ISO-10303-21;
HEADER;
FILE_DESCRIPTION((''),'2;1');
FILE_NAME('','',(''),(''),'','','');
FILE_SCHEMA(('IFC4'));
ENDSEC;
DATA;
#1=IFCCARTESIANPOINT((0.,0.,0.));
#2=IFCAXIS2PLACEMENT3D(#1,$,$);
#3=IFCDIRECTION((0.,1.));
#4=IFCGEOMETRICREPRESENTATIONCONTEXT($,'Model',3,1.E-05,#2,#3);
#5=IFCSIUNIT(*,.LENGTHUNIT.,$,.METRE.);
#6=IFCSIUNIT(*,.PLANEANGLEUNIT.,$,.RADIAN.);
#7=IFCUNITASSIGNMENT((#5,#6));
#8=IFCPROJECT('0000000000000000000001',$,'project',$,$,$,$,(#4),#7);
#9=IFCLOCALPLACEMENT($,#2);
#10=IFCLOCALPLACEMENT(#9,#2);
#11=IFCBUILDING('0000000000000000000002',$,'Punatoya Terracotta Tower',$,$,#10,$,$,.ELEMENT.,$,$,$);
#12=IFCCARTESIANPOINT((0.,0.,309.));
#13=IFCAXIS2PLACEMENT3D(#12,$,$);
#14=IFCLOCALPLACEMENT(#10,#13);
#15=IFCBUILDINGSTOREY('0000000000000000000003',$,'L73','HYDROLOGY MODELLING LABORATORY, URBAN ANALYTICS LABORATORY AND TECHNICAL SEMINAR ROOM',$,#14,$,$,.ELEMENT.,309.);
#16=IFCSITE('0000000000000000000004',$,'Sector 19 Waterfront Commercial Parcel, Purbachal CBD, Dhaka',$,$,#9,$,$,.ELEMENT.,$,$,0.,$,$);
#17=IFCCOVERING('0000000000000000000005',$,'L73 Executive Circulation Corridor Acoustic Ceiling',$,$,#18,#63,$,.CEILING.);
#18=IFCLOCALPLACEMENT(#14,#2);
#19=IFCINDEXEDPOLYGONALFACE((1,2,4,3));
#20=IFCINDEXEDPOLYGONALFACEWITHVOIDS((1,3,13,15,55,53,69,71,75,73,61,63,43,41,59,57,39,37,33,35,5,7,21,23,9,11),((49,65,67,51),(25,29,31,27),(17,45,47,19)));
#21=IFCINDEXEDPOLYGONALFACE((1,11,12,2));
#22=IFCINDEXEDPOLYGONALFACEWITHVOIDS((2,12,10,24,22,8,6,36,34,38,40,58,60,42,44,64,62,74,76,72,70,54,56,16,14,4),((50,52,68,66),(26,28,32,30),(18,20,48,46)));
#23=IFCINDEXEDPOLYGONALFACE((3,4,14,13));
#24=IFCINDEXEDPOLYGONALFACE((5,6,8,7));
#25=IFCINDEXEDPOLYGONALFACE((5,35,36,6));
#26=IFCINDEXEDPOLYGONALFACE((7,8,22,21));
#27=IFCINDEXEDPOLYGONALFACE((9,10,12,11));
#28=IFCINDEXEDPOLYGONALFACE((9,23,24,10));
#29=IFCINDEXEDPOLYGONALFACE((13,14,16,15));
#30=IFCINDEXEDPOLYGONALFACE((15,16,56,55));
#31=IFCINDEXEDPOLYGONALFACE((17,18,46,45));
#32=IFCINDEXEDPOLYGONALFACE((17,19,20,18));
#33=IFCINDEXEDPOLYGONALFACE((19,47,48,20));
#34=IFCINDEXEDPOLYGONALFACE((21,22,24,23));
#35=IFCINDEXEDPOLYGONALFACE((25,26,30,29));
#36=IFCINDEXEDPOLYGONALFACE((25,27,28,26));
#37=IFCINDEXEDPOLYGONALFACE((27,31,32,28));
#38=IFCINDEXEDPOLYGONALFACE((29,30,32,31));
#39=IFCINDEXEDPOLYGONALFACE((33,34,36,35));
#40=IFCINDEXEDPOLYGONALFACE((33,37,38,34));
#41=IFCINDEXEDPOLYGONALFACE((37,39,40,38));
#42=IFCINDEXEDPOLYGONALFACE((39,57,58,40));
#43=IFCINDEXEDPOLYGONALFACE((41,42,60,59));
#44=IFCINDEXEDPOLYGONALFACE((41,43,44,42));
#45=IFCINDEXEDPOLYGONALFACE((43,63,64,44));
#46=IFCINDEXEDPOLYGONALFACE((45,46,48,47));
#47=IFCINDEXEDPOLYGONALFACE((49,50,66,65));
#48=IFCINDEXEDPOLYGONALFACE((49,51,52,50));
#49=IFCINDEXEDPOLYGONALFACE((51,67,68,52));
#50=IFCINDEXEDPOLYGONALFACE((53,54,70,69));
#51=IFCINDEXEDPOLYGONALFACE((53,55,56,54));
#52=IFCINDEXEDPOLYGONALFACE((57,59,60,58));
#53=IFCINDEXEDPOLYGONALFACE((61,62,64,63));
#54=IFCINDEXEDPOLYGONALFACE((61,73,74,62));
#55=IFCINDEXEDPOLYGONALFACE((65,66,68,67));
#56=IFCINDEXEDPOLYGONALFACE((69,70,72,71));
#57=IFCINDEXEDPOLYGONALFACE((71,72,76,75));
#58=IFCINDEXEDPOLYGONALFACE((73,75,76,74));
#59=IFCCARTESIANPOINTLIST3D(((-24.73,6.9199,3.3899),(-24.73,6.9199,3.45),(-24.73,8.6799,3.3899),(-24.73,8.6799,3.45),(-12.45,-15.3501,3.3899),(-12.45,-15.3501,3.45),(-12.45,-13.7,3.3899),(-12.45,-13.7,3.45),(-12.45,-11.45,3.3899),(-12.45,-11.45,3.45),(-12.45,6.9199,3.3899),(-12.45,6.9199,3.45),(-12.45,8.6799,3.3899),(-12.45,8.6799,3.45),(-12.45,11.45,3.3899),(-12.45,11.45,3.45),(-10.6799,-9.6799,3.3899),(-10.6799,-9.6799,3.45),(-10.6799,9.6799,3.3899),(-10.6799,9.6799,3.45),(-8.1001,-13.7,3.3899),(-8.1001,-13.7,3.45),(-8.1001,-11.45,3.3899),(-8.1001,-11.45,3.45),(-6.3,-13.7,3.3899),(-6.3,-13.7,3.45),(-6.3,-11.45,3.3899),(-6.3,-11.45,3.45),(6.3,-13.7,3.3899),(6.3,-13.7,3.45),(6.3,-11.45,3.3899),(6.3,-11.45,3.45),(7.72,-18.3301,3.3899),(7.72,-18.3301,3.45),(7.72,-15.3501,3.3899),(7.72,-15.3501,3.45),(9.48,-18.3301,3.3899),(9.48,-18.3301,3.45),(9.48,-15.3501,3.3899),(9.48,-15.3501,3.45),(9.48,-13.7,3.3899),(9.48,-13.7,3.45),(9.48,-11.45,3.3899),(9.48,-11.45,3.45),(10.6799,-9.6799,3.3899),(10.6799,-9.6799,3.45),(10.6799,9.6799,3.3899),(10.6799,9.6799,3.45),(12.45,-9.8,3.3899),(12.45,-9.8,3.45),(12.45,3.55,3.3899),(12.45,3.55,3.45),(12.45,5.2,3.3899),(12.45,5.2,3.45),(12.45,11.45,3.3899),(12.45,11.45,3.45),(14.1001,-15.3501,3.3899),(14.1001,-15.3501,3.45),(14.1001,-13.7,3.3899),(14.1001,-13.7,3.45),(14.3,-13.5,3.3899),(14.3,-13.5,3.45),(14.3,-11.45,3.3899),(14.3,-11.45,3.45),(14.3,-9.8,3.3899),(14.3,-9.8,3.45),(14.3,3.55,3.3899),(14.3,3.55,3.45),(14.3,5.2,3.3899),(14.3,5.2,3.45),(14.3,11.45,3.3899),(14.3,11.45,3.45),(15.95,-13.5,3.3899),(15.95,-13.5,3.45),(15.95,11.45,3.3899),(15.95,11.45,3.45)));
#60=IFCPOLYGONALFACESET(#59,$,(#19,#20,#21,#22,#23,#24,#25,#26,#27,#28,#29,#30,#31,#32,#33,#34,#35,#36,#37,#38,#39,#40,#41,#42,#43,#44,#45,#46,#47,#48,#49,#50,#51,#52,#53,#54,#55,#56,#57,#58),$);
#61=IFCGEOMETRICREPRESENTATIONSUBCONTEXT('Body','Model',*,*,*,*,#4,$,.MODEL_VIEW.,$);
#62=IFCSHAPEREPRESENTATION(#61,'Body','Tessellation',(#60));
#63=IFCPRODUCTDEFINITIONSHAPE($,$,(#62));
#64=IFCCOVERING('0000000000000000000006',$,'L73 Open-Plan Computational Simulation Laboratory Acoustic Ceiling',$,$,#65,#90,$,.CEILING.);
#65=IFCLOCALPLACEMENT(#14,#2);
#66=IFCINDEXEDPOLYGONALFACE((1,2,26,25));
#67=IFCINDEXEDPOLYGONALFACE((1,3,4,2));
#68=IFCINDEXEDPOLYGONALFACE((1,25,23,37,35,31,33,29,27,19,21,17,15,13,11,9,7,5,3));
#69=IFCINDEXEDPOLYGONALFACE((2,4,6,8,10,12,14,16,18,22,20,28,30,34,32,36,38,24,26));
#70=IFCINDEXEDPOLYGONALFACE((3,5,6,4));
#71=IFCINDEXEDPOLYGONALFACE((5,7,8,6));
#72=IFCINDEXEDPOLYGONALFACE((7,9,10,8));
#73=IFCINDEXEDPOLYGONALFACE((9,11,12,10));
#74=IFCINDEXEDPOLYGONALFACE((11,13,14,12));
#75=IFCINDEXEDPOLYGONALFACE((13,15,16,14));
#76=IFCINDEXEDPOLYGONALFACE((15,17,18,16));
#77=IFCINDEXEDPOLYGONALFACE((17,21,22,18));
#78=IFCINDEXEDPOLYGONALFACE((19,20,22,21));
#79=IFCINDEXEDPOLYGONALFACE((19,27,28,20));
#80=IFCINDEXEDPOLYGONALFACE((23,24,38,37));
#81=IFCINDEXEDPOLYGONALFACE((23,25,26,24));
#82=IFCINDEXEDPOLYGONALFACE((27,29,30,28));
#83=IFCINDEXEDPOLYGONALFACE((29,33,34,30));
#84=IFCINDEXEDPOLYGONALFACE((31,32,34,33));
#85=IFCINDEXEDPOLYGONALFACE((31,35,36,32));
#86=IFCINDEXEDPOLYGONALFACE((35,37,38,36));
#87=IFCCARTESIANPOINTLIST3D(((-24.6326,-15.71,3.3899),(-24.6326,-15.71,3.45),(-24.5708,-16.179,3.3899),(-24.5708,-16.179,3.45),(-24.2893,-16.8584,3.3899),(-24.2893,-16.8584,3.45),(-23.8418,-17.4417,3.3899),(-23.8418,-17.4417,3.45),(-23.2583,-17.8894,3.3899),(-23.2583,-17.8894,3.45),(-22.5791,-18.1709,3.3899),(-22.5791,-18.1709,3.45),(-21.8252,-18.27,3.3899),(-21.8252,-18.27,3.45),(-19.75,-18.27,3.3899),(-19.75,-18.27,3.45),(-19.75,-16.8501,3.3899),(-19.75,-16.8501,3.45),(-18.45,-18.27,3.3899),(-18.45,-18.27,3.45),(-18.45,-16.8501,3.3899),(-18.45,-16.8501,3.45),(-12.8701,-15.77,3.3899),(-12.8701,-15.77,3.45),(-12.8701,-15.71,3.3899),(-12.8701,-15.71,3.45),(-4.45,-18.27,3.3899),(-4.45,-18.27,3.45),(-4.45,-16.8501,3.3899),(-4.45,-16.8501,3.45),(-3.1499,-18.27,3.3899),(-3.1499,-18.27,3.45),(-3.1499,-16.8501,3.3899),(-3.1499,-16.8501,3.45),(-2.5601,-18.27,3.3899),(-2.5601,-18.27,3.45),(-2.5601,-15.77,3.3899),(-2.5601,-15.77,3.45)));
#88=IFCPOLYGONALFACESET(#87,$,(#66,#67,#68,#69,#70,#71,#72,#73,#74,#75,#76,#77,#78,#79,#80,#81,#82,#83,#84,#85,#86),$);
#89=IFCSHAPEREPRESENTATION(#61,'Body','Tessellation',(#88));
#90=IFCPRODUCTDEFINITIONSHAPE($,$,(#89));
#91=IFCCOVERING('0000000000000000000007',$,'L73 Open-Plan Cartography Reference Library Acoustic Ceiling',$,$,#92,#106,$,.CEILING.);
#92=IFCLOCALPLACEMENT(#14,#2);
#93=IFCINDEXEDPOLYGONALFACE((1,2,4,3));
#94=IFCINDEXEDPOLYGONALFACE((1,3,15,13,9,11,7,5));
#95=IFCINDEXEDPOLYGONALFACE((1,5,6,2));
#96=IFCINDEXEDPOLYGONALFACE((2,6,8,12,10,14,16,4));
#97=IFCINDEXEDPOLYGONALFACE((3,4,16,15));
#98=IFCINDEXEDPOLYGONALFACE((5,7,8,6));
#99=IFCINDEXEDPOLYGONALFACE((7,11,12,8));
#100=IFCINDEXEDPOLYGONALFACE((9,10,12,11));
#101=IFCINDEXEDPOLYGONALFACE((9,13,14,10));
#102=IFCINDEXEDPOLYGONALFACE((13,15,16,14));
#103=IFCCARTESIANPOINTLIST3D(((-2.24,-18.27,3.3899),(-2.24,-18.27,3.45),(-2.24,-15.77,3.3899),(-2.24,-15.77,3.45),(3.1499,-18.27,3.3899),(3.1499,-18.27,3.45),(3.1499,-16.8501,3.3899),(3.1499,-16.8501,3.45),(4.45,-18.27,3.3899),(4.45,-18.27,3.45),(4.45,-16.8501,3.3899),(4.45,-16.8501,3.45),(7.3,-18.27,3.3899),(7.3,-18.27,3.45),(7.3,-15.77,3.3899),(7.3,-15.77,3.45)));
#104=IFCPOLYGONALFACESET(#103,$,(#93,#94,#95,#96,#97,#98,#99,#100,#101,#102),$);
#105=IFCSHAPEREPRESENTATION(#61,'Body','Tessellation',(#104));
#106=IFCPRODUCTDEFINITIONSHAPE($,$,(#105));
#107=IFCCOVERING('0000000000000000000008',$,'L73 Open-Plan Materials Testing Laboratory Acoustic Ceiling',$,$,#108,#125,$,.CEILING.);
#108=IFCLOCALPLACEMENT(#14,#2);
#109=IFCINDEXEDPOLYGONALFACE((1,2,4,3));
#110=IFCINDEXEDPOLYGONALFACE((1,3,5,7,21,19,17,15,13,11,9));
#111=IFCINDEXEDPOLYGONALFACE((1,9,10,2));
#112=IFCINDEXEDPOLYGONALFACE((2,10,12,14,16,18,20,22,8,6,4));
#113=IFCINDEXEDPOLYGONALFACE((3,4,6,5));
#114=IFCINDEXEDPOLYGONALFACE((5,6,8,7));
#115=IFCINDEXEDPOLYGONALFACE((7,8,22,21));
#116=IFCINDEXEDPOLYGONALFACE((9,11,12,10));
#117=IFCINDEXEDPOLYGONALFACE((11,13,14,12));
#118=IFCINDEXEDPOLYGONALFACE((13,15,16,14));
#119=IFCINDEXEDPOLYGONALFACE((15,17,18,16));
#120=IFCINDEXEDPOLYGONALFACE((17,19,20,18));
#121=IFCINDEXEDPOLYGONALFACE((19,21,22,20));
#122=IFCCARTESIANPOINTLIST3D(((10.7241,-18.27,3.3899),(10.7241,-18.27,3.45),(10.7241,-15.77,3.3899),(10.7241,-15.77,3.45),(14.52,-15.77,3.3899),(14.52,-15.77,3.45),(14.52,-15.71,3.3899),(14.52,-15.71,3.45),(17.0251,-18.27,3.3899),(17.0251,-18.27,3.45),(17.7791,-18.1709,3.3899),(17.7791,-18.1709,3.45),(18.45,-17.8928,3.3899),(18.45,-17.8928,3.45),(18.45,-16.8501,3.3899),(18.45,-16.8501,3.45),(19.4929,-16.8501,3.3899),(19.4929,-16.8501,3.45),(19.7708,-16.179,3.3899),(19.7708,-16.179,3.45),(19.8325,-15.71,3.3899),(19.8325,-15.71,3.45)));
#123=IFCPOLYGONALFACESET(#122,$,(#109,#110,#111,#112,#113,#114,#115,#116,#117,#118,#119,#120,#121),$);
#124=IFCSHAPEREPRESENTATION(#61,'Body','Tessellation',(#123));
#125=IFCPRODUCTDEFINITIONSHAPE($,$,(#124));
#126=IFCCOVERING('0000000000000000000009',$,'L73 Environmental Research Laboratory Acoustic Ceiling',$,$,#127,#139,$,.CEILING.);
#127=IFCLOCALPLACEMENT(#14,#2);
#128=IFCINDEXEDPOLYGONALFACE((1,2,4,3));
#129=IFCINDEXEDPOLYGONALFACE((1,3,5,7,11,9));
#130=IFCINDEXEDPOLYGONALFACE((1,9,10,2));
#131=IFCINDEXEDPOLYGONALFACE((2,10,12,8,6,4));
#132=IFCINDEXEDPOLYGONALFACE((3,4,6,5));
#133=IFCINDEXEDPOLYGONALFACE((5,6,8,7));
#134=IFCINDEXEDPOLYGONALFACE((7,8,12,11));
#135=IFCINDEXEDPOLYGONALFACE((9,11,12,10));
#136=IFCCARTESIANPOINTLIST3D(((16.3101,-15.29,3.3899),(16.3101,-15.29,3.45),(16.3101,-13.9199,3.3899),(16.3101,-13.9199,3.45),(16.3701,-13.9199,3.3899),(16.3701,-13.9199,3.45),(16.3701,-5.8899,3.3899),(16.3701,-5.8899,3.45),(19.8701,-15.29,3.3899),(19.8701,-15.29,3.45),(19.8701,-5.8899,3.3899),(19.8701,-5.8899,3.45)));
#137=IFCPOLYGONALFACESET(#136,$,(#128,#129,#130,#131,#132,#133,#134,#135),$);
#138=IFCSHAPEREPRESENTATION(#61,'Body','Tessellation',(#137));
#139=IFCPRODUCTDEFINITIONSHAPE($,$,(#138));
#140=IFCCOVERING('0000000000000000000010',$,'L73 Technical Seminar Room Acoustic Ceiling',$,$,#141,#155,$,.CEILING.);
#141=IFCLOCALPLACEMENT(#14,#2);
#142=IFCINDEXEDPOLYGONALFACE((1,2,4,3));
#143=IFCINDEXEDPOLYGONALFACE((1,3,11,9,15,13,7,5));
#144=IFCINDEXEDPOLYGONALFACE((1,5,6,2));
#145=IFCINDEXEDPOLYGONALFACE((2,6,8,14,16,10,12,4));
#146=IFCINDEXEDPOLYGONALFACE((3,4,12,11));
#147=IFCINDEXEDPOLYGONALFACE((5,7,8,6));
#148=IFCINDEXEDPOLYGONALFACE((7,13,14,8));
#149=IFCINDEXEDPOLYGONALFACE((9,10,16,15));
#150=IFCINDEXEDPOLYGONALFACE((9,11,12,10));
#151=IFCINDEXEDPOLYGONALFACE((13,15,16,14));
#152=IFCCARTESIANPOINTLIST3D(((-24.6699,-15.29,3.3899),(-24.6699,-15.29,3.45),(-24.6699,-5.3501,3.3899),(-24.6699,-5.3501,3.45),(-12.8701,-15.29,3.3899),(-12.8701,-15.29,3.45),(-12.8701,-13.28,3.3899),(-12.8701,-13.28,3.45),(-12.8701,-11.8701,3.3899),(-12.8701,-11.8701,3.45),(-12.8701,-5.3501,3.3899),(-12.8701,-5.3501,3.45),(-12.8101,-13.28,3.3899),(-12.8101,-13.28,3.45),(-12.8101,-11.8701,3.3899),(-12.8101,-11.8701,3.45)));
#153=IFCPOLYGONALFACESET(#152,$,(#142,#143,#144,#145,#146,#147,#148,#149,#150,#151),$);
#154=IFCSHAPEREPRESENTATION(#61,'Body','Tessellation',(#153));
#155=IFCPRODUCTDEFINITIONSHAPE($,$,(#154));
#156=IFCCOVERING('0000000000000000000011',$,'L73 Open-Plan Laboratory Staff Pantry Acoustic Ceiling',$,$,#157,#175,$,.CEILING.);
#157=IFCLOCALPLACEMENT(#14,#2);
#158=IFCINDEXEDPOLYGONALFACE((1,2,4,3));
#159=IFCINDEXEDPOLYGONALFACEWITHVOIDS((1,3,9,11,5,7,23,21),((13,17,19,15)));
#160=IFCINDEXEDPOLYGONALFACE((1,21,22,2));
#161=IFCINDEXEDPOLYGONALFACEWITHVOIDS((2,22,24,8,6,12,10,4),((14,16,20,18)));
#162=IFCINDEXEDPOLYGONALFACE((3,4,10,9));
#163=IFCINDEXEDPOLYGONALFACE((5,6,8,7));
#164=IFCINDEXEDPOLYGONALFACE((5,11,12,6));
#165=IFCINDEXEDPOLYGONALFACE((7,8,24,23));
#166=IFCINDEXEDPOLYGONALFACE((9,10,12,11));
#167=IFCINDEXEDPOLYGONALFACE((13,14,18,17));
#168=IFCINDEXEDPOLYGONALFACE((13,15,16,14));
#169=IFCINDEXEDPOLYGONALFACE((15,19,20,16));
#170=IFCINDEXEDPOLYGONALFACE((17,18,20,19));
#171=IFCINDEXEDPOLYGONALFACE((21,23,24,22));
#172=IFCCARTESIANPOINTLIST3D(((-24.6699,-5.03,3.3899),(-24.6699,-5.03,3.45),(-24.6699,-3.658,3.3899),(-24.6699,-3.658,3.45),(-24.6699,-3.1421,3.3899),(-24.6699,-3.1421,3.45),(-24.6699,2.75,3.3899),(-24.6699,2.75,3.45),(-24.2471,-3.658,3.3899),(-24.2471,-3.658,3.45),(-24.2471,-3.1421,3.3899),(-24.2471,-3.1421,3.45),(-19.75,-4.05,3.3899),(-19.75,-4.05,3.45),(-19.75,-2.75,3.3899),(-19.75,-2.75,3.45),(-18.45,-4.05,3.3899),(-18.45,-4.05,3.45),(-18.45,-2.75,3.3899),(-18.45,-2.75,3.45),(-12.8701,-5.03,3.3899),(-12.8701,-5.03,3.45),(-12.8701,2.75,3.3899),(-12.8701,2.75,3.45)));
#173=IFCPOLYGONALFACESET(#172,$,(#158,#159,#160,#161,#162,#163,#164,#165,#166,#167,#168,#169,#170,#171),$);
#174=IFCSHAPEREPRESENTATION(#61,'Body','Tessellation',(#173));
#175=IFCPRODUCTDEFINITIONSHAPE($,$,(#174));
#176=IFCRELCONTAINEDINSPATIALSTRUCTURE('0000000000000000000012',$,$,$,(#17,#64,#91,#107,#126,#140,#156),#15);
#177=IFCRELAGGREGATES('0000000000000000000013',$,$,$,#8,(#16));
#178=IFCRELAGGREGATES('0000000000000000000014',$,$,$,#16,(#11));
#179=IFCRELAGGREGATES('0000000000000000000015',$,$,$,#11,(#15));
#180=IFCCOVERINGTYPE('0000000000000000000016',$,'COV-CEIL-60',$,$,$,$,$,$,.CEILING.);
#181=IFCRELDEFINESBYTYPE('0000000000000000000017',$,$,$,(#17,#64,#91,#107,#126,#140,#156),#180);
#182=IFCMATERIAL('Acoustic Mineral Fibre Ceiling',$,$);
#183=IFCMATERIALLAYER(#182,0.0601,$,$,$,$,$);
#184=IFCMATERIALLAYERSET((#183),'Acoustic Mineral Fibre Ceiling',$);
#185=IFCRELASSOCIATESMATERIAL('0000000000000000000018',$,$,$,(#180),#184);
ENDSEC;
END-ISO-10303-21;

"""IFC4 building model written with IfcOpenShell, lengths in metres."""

from ifc_helpers import new_model, si_unit, direction, frame, origin, place, context, subcontext, project, spatial, polyline, outline, extrude, material, layer, layer_set, type_object, element, save


model = new_model("IFC4")

# Units and contexts
model_context = context("Model", 3, precision=1e-05, world=origin(), true_north=direction((0.0, 1.0)))
body_context = subcontext(model_context, "Body", "Model", "MODEL_VIEW")
ifc_project = project(units=[si_unit("LENGTHUNIT", "METRE"), si_unit("PLANEANGLEUNIT", "RADIAN")], contexts=[model_context])

# Site, building, storey
site_placement = place(None, origin())
site = spatial("IfcSite", under=ifc_project, at=site_placement, Name="Sector 19 Waterfront Commercial Parcel, Purbachal CBD, Dhaka", CompositionType="ELEMENT", RefElevation=0.0)
building_placement = place(site_placement, origin())
building = spatial("IfcBuilding", under=site, at=building_placement, Name="Punatoya Terracotta Tower", CompositionType="ELEMENT")
storey_placement = place(building_placement, frame((0.0, 0.0, 309.0)))
storey = spatial("IfcBuildingStorey", under=building, at=storey_placement, Name="L73", Description="HYDROLOGY MODELLING LABORATORY, URBAN ANALYTICS LABORATORY AND TECHNICAL SEMINAR ROOM", CompositionType="ELEMENT", Elevation=309.0)

# Coverings
ifc_material_1 = material(Name="Acoustic Mineral Fibre Ceiling")
ifc_layer_1 = layer(ifc_material_1, 0.0601)
ifc_layer_set_1 = layer_set([ifc_layer_1], Name="Acoustic Mineral Fibre Ceiling")
covering_type = type_object("IfcCoveringType", Name="COV-CEIL-60", PredefinedType="CEILING", material=ifc_layer_set_1)
covering_1_placement = place(storey_placement, frame((0.0, 0.0, 3.3899)))
element("IfcCovering", 1, at=covering_1_placement, inside=storey, type_object=covering_type, Name="L73 Executive Circulation Corridor Acoustic Ceiling", PredefinedType="CEILING", context=body_context, shape_type="SweptSolid", body=[
    extrude(outline(polyline([(14.1001, -13.7), (9.48, -13.7), (9.48, -11.45), (14.3, -11.45), (14.3, -13.5), (15.95, -13.5), (15.95, 11.45), (14.3, 11.45), (14.3, 5.2), (12.45, 5.2), (12.45, 11.45), (-12.45, 11.45), (-12.45, 8.6799), (-24.73, 8.6799), (-24.73, 6.9199), (-12.45, 6.9199), (-12.45, -11.45), (-8.1001, -11.45), (-8.1001, -13.7), (-12.45, -13.7), (-12.45, -15.3501), (7.72, -15.3501), (7.72, -18.3301), (9.48, -18.3301), (9.48, -15.3501), (14.1001, -15.3501), (14.1001, -13.7)]), holes=[polyline([(12.45, 3.55), (14.3, 3.55), (14.3, -9.8), (12.45, -9.8), (12.45, 3.55)]), polyline([(10.6799, 9.6799), (10.6799, -9.6799), (-10.6799, -9.6799), (-10.6799, 9.6799), (10.6799, 9.6799)]), polyline([(6.3, -13.7), (-6.3, -13.7), (-6.3, -11.45), (6.3, -11.45), (6.3, -13.7)])]), origin(), (0.0, 0.0, 1.0), 0.0601),
])
covering_2_placement = place(storey_placement, frame((0.0, 0.0, 3.3899)))
element("IfcCovering", 2, at=covering_2_placement, inside=storey, type_object=covering_type, Name="L73 Open-Plan Computational Simulation Laboratory Acoustic Ceiling", PredefinedType="CEILING", context=body_context, shape_type="SweptSolid", body=[
    extrude(outline(polyline([(-23.2583, -17.8894), (-22.5791, -18.1709), (-21.8252, -18.27), (-19.75, -18.27), (-19.75, -16.8501), (-18.45, -16.8501), (-18.45, -18.27), (-4.45, -18.27), (-4.45, -16.8501), (-3.1499, -16.8501), (-3.1499, -18.27), (-2.5601, -18.27), (-2.5601, -15.77), (-12.8701, -15.77), (-12.8701, -15.71), (-24.6326, -15.71), (-24.5708, -16.179), (-24.2893, -16.8584), (-23.8418, -17.4417), (-23.2583, -17.8894)])), origin(), (0.0, 0.0, 1.0), 0.0601),
])
covering_3_placement = place(storey_placement, frame((0.0, 0.0, 3.3899)))
element("IfcCovering", 3, at=covering_3_placement, inside=storey, type_object=covering_type, Name="L73 Open-Plan Cartography Reference Library Acoustic Ceiling", PredefinedType="CEILING", context=body_context, shape_type="SweptSolid", body=[
    extrude(outline(polyline([(3.1499, -18.27), (3.1499, -16.8501), (4.45, -16.8501), (4.45, -18.27), (7.3, -18.27), (7.3, -15.77), (-2.24, -15.77), (-2.24, -18.27), (3.1499, -18.27)])), origin(), (0.0, 0.0, 1.0), 0.0601),
])
covering_4_placement = place(storey_placement, frame((0.0, 0.0, 3.3899)))
element("IfcCovering", 4, at=covering_4_placement, inside=storey, type_object=covering_type, Name="L73 Open-Plan Materials Testing Laboratory Acoustic Ceiling", PredefinedType="CEILING", context=body_context, shape_type="SweptSolid", body=[
    extrude(outline(polyline([(14.52, -15.77), (10.7241, -15.77), (10.7241, -18.27), (17.0251, -18.27), (17.7791, -18.1709), (18.45, -17.8928), (18.45, -16.8501), (19.4929, -16.8501), (19.7708, -16.179), (19.8325, -15.71), (14.52, -15.71), (14.52, -15.77)])), origin(), (0.0, 0.0, 1.0), 0.0601),
])
covering_5_placement = place(storey_placement, frame((0.0, 0.0, 3.3899)))
element("IfcCovering", 5, at=covering_5_placement, inside=storey, type_object=covering_type, Name="L73 Environmental Research Laboratory Acoustic Ceiling", PredefinedType="CEILING", context=body_context, shape_type="SweptSolid", body=[
    extrude(outline(polyline([(16.3101, -13.9199), (16.3101, -15.29), (19.8701, -15.29), (19.8701, -5.8899), (16.3701, -5.8899), (16.3701, -13.9199), (16.3101, -13.9199)])), origin(), (0.0, 0.0, 1.0), 0.0601),
])
covering_6_placement = place(storey_placement, frame((0.0, 0.0, 3.3899)))
element("IfcCovering", 6, at=covering_6_placement, inside=storey, type_object=covering_type, Name="L73 Technical Seminar Room Acoustic Ceiling", PredefinedType="CEILING", context=body_context, shape_type="SweptSolid", body=[
    extrude(outline(polyline([(-12.8701, -13.28), (-12.8101, -13.28), (-12.8101, -11.8701), (-12.8701, -11.8701), (-12.8701, -5.3501), (-24.6699, -5.3501), (-24.6699, -15.29), (-12.8701, -15.29), (-12.8701, -13.28)])), origin(), (0.0, 0.0, 1.0), 0.0601),
])
covering_7_placement = place(storey_placement, frame((0.0, 0.0, 3.3899)))
element("IfcCovering", 7, at=covering_7_placement, inside=storey, type_object=covering_type, Name="L73 Open-Plan Laboratory Staff Pantry Acoustic Ceiling", PredefinedType="CEILING", context=body_context, shape_type="SweptSolid", body=[
    extrude(outline(polyline([(-24.2471, -3.1421), (-24.2471, -3.658), (-24.6699, -3.658), (-24.6699, -5.03), (-12.8701, -5.03), (-12.8701, 2.75), (-24.6699, 2.75), (-24.6699, -3.1421), (-24.2471, -3.1421)]), holes=[polyline([(-18.45, -4.05), (-19.75, -4.05), (-19.75, -2.75), (-18.45, -2.75), (-18.45, -4.05)])]), origin(), (0.0, 0.0, 1.0), 0.0601),
])

save(model, "model.ifc")
